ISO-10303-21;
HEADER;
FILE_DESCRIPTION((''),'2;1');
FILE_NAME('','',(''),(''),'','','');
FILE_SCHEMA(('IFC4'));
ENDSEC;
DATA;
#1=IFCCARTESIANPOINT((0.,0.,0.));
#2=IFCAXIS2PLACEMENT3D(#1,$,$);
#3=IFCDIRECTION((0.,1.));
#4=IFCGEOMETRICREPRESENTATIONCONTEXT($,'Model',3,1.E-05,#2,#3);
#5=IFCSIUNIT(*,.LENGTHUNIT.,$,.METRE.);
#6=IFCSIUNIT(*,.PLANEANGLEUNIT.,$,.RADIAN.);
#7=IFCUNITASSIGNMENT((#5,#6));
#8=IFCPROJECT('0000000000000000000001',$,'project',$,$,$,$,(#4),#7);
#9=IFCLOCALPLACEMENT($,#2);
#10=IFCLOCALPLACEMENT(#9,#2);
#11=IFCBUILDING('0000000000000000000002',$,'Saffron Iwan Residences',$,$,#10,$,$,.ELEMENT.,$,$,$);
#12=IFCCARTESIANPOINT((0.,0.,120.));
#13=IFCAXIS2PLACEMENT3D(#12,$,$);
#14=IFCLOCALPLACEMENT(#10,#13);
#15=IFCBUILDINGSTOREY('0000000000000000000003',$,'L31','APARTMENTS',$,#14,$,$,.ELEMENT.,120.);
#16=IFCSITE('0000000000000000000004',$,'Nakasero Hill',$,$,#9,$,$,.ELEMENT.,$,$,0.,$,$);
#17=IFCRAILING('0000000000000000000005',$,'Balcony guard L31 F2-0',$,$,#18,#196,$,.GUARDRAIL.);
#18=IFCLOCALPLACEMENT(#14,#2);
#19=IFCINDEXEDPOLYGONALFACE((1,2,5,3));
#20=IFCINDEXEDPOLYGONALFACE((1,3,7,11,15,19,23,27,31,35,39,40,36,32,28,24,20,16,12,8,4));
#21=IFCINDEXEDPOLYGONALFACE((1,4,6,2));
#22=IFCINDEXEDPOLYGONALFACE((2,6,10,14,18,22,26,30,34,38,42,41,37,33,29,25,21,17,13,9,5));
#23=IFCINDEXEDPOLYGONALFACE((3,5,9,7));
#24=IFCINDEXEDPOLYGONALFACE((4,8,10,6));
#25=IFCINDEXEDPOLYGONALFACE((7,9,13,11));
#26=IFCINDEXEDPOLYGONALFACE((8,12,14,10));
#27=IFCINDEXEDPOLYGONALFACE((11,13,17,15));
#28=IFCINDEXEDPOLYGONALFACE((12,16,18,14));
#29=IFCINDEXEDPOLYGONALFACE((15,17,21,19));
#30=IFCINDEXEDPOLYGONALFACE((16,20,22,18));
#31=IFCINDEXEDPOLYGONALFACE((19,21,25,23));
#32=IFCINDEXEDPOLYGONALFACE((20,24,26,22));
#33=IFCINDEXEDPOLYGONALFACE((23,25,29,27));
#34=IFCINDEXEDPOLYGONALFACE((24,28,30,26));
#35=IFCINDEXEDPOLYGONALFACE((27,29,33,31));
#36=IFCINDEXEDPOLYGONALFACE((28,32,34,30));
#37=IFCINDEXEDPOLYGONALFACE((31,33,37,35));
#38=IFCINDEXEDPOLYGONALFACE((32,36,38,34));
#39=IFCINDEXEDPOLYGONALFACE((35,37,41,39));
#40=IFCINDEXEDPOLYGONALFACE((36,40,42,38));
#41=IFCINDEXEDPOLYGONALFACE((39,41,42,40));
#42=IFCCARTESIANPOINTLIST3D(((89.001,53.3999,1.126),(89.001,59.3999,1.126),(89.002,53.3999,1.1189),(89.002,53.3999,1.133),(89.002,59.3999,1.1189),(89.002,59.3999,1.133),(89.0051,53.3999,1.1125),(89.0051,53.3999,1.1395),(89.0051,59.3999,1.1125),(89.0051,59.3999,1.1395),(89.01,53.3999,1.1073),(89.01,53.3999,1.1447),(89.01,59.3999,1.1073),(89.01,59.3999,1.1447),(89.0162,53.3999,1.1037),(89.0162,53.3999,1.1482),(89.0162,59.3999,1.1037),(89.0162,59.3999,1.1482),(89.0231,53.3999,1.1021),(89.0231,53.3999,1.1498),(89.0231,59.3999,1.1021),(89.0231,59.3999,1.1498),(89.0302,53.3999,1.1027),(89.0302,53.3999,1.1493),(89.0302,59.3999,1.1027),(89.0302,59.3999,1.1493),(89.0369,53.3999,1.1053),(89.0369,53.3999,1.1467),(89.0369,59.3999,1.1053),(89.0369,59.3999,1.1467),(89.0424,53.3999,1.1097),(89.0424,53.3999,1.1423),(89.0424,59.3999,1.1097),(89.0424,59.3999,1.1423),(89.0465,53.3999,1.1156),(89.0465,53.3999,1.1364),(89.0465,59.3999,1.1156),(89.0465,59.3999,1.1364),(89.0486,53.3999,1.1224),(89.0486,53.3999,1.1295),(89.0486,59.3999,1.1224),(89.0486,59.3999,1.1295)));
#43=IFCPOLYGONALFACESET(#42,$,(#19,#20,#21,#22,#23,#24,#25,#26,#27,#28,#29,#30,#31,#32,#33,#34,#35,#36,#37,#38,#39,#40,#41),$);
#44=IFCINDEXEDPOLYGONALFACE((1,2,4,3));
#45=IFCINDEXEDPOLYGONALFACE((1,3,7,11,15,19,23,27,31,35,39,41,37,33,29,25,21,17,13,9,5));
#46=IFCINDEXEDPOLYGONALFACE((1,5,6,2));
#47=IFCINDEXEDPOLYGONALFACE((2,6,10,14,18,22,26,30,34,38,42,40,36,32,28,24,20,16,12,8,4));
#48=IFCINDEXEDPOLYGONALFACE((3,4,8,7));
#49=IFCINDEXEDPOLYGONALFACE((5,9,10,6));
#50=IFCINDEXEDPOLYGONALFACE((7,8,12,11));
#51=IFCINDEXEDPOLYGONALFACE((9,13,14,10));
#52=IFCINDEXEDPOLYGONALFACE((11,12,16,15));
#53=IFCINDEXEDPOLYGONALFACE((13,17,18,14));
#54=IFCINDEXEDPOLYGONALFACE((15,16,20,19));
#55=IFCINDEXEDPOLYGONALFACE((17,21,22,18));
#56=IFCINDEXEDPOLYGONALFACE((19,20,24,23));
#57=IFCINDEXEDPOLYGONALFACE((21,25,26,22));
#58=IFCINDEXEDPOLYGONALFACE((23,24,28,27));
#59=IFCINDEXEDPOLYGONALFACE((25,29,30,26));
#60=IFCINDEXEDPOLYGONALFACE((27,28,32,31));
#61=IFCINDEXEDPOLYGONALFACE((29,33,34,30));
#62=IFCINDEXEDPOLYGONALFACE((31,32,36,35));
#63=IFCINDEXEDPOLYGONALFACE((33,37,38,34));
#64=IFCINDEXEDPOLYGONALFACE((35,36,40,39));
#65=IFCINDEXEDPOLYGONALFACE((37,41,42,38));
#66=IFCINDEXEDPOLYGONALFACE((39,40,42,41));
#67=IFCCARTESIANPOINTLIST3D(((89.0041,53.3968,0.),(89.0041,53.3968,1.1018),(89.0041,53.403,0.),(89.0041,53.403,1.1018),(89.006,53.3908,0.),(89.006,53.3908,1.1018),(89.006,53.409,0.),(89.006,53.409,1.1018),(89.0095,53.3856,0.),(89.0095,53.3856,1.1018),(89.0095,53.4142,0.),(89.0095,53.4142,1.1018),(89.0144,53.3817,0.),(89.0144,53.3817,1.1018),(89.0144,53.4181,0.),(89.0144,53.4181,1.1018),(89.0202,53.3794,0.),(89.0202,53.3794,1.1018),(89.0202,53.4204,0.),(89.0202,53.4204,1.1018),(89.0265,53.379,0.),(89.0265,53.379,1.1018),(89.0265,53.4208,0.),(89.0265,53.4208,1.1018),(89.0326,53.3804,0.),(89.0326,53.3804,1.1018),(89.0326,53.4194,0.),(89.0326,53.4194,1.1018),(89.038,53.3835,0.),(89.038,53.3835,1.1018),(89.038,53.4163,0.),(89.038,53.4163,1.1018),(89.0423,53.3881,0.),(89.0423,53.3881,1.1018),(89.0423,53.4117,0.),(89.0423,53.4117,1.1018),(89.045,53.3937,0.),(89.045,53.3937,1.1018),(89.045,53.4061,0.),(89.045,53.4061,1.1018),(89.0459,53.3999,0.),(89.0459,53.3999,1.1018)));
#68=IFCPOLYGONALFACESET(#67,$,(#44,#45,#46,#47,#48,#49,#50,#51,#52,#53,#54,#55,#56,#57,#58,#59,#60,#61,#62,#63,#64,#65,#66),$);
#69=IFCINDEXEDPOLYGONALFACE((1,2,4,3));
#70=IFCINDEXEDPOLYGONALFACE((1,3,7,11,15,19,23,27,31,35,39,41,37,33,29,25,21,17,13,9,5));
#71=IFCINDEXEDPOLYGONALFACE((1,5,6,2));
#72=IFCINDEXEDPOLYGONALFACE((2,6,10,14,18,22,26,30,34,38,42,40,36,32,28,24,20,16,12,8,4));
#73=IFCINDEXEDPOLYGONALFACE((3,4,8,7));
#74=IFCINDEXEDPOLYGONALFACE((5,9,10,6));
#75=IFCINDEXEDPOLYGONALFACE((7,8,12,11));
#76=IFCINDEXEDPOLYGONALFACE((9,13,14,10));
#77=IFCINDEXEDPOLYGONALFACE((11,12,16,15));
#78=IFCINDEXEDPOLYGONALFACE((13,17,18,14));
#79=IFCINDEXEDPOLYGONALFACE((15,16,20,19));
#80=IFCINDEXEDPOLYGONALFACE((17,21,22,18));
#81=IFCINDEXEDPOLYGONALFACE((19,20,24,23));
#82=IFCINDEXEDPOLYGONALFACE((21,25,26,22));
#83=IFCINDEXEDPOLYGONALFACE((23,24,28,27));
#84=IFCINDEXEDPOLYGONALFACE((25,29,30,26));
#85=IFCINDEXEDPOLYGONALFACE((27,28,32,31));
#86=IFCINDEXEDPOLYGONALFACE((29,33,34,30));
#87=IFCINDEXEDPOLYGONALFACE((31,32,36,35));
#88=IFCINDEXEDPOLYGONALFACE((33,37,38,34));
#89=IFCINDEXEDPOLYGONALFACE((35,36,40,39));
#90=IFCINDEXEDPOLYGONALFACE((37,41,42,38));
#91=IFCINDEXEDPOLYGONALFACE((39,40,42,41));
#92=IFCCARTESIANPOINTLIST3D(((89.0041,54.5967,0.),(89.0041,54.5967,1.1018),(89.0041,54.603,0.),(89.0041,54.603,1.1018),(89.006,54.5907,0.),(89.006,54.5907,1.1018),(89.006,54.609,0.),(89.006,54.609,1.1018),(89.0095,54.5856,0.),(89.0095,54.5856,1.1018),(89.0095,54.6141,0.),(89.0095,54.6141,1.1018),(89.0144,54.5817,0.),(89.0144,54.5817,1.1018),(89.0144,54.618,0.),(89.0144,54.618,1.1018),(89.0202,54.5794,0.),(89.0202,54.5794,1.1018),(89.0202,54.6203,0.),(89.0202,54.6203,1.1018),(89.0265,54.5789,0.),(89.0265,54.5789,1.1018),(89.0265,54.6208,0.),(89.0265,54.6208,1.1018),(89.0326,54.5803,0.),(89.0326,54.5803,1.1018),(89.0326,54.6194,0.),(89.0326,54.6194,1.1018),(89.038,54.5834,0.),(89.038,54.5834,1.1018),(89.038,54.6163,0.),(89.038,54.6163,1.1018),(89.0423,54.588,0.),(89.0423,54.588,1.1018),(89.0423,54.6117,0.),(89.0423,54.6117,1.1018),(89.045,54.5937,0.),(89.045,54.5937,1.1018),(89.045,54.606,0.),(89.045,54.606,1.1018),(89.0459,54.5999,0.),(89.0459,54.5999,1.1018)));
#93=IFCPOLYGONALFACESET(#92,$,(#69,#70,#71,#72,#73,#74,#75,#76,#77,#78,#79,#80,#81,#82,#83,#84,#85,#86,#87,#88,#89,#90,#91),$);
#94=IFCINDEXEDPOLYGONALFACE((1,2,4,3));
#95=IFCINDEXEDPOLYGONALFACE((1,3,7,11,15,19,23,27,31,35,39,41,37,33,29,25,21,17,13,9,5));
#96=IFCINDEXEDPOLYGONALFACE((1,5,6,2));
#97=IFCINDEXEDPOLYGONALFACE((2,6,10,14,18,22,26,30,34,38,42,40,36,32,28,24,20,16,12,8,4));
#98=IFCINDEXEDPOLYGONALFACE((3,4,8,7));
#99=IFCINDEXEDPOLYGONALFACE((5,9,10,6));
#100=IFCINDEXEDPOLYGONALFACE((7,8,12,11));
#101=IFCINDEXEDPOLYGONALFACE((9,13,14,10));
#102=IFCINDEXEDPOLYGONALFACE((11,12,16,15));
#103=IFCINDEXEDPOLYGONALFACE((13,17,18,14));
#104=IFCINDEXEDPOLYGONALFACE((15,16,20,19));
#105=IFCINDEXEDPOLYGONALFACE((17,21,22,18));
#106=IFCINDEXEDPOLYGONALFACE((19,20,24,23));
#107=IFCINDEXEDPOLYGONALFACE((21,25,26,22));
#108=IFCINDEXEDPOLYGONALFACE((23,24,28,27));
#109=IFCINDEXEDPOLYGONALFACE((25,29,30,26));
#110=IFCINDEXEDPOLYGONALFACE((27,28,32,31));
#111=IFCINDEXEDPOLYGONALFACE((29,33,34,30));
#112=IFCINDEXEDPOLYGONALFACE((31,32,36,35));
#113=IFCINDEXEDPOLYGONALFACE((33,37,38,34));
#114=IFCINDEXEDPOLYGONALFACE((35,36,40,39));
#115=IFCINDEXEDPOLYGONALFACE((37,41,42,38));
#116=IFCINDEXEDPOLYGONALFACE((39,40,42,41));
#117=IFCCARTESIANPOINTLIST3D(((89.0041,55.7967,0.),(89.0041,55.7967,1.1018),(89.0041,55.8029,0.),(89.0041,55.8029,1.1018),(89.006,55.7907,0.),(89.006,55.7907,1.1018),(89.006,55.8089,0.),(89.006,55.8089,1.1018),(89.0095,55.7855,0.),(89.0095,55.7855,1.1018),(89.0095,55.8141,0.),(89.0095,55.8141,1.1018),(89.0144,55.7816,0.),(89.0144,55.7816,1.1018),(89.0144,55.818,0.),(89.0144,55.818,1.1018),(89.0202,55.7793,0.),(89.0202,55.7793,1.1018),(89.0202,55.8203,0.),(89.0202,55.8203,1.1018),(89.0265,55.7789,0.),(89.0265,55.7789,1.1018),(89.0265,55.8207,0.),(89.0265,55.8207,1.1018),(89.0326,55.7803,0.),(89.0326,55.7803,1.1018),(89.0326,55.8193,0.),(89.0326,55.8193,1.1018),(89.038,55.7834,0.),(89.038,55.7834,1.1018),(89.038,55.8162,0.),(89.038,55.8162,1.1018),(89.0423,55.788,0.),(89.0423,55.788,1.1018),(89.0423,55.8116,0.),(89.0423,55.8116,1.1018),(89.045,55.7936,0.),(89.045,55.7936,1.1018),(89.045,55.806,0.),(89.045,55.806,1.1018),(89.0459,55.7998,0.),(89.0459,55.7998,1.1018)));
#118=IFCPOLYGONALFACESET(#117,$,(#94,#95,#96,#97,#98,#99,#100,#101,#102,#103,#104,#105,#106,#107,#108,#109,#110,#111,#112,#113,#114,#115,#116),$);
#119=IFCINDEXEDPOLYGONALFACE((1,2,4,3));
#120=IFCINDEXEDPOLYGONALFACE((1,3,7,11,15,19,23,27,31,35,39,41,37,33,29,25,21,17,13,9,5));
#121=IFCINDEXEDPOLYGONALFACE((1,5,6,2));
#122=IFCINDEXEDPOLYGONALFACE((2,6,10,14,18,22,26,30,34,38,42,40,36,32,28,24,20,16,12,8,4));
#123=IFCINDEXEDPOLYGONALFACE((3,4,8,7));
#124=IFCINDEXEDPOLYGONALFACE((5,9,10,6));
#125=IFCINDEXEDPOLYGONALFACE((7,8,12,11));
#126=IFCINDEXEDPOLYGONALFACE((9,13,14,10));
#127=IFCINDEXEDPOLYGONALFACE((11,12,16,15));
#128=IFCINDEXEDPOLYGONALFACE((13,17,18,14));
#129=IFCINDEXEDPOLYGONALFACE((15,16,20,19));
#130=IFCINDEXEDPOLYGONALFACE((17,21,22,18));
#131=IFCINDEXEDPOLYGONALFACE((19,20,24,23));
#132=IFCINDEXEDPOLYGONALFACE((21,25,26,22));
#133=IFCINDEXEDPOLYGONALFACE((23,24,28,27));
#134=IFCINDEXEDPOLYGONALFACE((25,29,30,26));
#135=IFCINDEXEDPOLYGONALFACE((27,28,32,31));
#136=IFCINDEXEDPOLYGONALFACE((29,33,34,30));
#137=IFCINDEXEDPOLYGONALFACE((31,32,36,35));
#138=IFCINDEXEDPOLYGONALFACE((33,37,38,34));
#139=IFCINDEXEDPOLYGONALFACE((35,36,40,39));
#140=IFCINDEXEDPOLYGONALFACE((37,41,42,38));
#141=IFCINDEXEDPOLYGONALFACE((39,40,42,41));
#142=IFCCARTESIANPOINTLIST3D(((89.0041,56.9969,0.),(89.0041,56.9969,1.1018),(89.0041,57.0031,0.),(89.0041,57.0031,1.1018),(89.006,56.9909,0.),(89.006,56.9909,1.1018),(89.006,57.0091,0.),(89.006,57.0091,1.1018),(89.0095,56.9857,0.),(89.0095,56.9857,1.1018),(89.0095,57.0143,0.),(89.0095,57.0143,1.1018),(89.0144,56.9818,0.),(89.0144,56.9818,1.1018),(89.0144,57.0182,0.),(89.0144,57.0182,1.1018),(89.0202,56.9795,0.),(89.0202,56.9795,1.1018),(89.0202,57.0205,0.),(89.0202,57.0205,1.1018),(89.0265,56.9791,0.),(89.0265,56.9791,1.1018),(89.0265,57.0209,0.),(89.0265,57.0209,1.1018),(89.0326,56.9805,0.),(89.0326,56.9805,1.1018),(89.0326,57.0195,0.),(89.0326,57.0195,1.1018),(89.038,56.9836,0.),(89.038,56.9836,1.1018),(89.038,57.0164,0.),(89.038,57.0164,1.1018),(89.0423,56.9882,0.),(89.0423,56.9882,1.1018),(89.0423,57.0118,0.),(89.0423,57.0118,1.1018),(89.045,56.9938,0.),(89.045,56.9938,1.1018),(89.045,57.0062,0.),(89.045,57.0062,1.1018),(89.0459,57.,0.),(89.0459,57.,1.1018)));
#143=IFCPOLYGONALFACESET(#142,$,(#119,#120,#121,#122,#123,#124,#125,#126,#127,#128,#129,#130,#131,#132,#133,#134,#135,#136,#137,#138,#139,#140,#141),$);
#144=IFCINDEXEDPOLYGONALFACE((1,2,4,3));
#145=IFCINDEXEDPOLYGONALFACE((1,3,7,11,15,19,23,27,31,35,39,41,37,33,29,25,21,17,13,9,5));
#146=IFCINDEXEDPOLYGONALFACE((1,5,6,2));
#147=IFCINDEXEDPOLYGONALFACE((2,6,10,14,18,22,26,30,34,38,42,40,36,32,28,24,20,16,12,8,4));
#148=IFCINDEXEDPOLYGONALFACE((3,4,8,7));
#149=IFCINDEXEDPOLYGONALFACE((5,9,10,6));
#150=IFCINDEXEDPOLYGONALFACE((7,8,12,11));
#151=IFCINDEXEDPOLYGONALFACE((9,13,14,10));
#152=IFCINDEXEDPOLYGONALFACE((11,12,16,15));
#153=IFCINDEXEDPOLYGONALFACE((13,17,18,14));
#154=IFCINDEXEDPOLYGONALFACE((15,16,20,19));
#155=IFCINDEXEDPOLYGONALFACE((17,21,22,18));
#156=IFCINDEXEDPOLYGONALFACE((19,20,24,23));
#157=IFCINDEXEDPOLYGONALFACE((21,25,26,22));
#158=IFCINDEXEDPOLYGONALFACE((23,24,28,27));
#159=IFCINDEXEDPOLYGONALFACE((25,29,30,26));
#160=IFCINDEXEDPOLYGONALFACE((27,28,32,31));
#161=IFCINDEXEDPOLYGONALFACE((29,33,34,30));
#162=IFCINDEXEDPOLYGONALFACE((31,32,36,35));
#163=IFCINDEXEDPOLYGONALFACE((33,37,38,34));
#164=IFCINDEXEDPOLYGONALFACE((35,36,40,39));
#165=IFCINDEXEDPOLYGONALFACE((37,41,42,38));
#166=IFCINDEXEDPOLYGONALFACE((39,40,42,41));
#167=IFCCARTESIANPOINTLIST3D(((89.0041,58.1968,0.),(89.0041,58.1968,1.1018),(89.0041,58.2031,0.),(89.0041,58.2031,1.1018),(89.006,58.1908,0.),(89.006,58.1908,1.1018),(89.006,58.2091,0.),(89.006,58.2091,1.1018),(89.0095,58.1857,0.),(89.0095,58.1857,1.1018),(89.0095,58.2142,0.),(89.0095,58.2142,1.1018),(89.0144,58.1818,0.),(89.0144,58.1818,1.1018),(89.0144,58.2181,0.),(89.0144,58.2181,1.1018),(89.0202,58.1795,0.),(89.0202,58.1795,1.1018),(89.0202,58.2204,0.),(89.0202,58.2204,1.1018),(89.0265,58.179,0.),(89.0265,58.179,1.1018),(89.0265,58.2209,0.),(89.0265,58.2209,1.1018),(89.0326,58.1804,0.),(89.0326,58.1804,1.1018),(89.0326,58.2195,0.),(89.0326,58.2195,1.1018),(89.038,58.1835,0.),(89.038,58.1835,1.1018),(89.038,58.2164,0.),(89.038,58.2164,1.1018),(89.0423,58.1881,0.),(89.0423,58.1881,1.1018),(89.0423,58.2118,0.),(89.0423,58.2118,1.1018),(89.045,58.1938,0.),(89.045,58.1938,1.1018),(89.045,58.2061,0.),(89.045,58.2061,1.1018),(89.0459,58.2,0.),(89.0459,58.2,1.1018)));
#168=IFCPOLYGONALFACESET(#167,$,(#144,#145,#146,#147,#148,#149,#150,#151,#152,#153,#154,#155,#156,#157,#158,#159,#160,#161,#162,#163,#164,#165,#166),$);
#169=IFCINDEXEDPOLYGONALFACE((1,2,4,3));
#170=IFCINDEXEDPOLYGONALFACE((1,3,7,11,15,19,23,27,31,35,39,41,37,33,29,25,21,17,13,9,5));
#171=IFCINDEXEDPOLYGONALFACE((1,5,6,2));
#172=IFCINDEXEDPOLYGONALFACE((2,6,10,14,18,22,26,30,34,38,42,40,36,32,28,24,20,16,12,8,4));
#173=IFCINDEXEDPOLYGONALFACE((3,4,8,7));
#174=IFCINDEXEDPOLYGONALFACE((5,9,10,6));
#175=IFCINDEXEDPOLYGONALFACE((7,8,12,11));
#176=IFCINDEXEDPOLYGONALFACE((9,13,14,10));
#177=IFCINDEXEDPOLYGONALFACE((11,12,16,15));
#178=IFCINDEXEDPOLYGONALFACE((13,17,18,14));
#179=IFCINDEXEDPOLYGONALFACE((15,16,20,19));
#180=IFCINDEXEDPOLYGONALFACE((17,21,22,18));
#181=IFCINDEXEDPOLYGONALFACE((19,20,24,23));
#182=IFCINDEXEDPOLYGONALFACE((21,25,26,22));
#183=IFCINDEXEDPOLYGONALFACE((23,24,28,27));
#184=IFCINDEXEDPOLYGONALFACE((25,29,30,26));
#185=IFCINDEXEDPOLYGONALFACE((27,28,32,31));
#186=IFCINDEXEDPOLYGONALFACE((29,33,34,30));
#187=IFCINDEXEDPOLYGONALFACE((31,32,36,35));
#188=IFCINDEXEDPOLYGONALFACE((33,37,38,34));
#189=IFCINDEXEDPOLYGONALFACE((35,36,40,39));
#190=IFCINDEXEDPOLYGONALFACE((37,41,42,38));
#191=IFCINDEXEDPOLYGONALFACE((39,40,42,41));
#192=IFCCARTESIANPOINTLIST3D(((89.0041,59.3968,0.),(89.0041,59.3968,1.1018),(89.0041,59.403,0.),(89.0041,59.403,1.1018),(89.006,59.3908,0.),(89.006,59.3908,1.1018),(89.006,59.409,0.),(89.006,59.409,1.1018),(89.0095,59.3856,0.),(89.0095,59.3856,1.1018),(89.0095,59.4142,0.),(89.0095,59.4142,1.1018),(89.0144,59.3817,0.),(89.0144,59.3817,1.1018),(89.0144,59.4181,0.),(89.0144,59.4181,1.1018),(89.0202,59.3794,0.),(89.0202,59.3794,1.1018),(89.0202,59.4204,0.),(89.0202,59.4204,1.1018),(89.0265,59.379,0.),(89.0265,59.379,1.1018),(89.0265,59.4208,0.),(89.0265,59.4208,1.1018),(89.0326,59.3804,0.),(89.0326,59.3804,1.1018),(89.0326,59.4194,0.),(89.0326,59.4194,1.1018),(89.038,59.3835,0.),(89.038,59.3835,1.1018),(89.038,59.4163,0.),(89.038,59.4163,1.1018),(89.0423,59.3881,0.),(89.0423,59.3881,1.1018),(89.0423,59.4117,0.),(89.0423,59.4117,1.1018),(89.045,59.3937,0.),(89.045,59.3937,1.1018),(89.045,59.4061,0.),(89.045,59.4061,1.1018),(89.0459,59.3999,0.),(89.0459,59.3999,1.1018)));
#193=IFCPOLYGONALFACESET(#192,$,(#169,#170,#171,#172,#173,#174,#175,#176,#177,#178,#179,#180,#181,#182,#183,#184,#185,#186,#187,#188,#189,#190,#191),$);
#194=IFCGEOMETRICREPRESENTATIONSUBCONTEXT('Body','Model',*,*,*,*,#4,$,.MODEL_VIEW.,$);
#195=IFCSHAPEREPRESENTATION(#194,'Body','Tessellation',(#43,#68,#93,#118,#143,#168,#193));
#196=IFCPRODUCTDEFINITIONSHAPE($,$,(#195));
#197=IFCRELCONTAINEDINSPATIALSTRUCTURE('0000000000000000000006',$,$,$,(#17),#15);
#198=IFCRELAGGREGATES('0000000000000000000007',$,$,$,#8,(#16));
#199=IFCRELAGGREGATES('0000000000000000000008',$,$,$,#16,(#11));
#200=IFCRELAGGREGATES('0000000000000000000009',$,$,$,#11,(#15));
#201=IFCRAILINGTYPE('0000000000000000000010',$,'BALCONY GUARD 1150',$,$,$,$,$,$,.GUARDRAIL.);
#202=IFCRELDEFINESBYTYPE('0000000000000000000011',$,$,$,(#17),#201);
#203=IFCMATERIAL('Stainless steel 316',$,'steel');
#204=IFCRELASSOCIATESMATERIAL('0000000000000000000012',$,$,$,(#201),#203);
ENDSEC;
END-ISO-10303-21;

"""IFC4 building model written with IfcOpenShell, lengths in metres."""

from ifc_helpers import new_model, si_unit, direction, frame, origin, origin_2d, place, context, subcontext, project, spatial, circle, extrude, material, type_object, element, save


model = new_model("IFC4")

# Units and contexts
model_context = context("Model", 3, precision=1e-05, world=origin(), true_north=direction((0.0, 1.0)))
body_context = subcontext(model_context, "Body", "Model", "MODEL_VIEW")
ifc_project = project(units=[si_unit("LENGTHUNIT", "METRE"), si_unit("PLANEANGLEUNIT", "RADIAN")], contexts=[model_context])

# Site, building, storey
site_placement = place(None, origin())
site = spatial("IfcSite", under=ifc_project, at=site_placement, Name="Nakasero Hill", CompositionType="ELEMENT", RefElevation=0.0)
building_placement = place(site_placement, origin())
building = spatial("IfcBuilding", under=site, at=building_placement, Name="Saffron Iwan Residences", CompositionType="ELEMENT")
storey_placement = place(building_placement, frame((0.0, 0.0, 120.0)))
storey = spatial("IfcBuildingStorey", under=building, at=storey_placement, Name="L31", Description="APARTMENTS", CompositionType="ELEMENT", Elevation=120.0)

# Railing
ifc_material_1 = material(Name="Stainless steel 316", Category="steel")
railing_type = type_object("IfcRailingType", Name="BALCONY GUARD 1150", PredefinedType="GUARDRAIL", material=ifc_material_1)
railing_placement = place(storey_placement, frame((89.0249, 53.3999, 0.0)))
element("IfcRailing", 1, at=railing_placement, inside=storey, type_object=railing_type, Name="Balcony guard L31 F2-0", PredefinedType="GUARDRAIL", context=body_context, shape_type="SweptSolid", body=[
    extrude(circle(Radius=0.0239, at=origin_2d()), frame((0.0, 0.0, 1.126), z_axis=(0.0, 1.0, 0.0), x_axis=(-1.0, 0.0, 0.0)), (0.0, 0.0, 1.0), 6.0),
    extrude(circle(Radius=0.021, at=origin_2d()), origin(), (0.0, 0.0, 1.0), 1.1018),
    extrude(circle(Radius=0.021, at=origin_2d()), frame((0.0, 1.2, 0.0)), (0.0, 0.0, 1.0), 1.1018),
    extrude(circle(Radius=0.021, at=origin_2d()), frame((0.0, 2.3999, 0.0)), (0.0, 0.0, 1.0), 1.1018),
    extrude(circle(Radius=0.021, at=origin_2d()), frame((0.0, 3.6001, 0.0)), (0.0, 0.0, 1.0), 1.1018),
    extrude(circle(Radius=0.021, at=origin_2d()), frame((0.0, 4.8, 0.0)), (0.0, 0.0, 1.0), 1.1018),
    extrude(circle(Radius=0.021, at=origin_2d()), frame((0.0, 6.0, 0.0)), (0.0, 0.0, 1.0), 1.1018),
])

save(model, "model.ifc")
